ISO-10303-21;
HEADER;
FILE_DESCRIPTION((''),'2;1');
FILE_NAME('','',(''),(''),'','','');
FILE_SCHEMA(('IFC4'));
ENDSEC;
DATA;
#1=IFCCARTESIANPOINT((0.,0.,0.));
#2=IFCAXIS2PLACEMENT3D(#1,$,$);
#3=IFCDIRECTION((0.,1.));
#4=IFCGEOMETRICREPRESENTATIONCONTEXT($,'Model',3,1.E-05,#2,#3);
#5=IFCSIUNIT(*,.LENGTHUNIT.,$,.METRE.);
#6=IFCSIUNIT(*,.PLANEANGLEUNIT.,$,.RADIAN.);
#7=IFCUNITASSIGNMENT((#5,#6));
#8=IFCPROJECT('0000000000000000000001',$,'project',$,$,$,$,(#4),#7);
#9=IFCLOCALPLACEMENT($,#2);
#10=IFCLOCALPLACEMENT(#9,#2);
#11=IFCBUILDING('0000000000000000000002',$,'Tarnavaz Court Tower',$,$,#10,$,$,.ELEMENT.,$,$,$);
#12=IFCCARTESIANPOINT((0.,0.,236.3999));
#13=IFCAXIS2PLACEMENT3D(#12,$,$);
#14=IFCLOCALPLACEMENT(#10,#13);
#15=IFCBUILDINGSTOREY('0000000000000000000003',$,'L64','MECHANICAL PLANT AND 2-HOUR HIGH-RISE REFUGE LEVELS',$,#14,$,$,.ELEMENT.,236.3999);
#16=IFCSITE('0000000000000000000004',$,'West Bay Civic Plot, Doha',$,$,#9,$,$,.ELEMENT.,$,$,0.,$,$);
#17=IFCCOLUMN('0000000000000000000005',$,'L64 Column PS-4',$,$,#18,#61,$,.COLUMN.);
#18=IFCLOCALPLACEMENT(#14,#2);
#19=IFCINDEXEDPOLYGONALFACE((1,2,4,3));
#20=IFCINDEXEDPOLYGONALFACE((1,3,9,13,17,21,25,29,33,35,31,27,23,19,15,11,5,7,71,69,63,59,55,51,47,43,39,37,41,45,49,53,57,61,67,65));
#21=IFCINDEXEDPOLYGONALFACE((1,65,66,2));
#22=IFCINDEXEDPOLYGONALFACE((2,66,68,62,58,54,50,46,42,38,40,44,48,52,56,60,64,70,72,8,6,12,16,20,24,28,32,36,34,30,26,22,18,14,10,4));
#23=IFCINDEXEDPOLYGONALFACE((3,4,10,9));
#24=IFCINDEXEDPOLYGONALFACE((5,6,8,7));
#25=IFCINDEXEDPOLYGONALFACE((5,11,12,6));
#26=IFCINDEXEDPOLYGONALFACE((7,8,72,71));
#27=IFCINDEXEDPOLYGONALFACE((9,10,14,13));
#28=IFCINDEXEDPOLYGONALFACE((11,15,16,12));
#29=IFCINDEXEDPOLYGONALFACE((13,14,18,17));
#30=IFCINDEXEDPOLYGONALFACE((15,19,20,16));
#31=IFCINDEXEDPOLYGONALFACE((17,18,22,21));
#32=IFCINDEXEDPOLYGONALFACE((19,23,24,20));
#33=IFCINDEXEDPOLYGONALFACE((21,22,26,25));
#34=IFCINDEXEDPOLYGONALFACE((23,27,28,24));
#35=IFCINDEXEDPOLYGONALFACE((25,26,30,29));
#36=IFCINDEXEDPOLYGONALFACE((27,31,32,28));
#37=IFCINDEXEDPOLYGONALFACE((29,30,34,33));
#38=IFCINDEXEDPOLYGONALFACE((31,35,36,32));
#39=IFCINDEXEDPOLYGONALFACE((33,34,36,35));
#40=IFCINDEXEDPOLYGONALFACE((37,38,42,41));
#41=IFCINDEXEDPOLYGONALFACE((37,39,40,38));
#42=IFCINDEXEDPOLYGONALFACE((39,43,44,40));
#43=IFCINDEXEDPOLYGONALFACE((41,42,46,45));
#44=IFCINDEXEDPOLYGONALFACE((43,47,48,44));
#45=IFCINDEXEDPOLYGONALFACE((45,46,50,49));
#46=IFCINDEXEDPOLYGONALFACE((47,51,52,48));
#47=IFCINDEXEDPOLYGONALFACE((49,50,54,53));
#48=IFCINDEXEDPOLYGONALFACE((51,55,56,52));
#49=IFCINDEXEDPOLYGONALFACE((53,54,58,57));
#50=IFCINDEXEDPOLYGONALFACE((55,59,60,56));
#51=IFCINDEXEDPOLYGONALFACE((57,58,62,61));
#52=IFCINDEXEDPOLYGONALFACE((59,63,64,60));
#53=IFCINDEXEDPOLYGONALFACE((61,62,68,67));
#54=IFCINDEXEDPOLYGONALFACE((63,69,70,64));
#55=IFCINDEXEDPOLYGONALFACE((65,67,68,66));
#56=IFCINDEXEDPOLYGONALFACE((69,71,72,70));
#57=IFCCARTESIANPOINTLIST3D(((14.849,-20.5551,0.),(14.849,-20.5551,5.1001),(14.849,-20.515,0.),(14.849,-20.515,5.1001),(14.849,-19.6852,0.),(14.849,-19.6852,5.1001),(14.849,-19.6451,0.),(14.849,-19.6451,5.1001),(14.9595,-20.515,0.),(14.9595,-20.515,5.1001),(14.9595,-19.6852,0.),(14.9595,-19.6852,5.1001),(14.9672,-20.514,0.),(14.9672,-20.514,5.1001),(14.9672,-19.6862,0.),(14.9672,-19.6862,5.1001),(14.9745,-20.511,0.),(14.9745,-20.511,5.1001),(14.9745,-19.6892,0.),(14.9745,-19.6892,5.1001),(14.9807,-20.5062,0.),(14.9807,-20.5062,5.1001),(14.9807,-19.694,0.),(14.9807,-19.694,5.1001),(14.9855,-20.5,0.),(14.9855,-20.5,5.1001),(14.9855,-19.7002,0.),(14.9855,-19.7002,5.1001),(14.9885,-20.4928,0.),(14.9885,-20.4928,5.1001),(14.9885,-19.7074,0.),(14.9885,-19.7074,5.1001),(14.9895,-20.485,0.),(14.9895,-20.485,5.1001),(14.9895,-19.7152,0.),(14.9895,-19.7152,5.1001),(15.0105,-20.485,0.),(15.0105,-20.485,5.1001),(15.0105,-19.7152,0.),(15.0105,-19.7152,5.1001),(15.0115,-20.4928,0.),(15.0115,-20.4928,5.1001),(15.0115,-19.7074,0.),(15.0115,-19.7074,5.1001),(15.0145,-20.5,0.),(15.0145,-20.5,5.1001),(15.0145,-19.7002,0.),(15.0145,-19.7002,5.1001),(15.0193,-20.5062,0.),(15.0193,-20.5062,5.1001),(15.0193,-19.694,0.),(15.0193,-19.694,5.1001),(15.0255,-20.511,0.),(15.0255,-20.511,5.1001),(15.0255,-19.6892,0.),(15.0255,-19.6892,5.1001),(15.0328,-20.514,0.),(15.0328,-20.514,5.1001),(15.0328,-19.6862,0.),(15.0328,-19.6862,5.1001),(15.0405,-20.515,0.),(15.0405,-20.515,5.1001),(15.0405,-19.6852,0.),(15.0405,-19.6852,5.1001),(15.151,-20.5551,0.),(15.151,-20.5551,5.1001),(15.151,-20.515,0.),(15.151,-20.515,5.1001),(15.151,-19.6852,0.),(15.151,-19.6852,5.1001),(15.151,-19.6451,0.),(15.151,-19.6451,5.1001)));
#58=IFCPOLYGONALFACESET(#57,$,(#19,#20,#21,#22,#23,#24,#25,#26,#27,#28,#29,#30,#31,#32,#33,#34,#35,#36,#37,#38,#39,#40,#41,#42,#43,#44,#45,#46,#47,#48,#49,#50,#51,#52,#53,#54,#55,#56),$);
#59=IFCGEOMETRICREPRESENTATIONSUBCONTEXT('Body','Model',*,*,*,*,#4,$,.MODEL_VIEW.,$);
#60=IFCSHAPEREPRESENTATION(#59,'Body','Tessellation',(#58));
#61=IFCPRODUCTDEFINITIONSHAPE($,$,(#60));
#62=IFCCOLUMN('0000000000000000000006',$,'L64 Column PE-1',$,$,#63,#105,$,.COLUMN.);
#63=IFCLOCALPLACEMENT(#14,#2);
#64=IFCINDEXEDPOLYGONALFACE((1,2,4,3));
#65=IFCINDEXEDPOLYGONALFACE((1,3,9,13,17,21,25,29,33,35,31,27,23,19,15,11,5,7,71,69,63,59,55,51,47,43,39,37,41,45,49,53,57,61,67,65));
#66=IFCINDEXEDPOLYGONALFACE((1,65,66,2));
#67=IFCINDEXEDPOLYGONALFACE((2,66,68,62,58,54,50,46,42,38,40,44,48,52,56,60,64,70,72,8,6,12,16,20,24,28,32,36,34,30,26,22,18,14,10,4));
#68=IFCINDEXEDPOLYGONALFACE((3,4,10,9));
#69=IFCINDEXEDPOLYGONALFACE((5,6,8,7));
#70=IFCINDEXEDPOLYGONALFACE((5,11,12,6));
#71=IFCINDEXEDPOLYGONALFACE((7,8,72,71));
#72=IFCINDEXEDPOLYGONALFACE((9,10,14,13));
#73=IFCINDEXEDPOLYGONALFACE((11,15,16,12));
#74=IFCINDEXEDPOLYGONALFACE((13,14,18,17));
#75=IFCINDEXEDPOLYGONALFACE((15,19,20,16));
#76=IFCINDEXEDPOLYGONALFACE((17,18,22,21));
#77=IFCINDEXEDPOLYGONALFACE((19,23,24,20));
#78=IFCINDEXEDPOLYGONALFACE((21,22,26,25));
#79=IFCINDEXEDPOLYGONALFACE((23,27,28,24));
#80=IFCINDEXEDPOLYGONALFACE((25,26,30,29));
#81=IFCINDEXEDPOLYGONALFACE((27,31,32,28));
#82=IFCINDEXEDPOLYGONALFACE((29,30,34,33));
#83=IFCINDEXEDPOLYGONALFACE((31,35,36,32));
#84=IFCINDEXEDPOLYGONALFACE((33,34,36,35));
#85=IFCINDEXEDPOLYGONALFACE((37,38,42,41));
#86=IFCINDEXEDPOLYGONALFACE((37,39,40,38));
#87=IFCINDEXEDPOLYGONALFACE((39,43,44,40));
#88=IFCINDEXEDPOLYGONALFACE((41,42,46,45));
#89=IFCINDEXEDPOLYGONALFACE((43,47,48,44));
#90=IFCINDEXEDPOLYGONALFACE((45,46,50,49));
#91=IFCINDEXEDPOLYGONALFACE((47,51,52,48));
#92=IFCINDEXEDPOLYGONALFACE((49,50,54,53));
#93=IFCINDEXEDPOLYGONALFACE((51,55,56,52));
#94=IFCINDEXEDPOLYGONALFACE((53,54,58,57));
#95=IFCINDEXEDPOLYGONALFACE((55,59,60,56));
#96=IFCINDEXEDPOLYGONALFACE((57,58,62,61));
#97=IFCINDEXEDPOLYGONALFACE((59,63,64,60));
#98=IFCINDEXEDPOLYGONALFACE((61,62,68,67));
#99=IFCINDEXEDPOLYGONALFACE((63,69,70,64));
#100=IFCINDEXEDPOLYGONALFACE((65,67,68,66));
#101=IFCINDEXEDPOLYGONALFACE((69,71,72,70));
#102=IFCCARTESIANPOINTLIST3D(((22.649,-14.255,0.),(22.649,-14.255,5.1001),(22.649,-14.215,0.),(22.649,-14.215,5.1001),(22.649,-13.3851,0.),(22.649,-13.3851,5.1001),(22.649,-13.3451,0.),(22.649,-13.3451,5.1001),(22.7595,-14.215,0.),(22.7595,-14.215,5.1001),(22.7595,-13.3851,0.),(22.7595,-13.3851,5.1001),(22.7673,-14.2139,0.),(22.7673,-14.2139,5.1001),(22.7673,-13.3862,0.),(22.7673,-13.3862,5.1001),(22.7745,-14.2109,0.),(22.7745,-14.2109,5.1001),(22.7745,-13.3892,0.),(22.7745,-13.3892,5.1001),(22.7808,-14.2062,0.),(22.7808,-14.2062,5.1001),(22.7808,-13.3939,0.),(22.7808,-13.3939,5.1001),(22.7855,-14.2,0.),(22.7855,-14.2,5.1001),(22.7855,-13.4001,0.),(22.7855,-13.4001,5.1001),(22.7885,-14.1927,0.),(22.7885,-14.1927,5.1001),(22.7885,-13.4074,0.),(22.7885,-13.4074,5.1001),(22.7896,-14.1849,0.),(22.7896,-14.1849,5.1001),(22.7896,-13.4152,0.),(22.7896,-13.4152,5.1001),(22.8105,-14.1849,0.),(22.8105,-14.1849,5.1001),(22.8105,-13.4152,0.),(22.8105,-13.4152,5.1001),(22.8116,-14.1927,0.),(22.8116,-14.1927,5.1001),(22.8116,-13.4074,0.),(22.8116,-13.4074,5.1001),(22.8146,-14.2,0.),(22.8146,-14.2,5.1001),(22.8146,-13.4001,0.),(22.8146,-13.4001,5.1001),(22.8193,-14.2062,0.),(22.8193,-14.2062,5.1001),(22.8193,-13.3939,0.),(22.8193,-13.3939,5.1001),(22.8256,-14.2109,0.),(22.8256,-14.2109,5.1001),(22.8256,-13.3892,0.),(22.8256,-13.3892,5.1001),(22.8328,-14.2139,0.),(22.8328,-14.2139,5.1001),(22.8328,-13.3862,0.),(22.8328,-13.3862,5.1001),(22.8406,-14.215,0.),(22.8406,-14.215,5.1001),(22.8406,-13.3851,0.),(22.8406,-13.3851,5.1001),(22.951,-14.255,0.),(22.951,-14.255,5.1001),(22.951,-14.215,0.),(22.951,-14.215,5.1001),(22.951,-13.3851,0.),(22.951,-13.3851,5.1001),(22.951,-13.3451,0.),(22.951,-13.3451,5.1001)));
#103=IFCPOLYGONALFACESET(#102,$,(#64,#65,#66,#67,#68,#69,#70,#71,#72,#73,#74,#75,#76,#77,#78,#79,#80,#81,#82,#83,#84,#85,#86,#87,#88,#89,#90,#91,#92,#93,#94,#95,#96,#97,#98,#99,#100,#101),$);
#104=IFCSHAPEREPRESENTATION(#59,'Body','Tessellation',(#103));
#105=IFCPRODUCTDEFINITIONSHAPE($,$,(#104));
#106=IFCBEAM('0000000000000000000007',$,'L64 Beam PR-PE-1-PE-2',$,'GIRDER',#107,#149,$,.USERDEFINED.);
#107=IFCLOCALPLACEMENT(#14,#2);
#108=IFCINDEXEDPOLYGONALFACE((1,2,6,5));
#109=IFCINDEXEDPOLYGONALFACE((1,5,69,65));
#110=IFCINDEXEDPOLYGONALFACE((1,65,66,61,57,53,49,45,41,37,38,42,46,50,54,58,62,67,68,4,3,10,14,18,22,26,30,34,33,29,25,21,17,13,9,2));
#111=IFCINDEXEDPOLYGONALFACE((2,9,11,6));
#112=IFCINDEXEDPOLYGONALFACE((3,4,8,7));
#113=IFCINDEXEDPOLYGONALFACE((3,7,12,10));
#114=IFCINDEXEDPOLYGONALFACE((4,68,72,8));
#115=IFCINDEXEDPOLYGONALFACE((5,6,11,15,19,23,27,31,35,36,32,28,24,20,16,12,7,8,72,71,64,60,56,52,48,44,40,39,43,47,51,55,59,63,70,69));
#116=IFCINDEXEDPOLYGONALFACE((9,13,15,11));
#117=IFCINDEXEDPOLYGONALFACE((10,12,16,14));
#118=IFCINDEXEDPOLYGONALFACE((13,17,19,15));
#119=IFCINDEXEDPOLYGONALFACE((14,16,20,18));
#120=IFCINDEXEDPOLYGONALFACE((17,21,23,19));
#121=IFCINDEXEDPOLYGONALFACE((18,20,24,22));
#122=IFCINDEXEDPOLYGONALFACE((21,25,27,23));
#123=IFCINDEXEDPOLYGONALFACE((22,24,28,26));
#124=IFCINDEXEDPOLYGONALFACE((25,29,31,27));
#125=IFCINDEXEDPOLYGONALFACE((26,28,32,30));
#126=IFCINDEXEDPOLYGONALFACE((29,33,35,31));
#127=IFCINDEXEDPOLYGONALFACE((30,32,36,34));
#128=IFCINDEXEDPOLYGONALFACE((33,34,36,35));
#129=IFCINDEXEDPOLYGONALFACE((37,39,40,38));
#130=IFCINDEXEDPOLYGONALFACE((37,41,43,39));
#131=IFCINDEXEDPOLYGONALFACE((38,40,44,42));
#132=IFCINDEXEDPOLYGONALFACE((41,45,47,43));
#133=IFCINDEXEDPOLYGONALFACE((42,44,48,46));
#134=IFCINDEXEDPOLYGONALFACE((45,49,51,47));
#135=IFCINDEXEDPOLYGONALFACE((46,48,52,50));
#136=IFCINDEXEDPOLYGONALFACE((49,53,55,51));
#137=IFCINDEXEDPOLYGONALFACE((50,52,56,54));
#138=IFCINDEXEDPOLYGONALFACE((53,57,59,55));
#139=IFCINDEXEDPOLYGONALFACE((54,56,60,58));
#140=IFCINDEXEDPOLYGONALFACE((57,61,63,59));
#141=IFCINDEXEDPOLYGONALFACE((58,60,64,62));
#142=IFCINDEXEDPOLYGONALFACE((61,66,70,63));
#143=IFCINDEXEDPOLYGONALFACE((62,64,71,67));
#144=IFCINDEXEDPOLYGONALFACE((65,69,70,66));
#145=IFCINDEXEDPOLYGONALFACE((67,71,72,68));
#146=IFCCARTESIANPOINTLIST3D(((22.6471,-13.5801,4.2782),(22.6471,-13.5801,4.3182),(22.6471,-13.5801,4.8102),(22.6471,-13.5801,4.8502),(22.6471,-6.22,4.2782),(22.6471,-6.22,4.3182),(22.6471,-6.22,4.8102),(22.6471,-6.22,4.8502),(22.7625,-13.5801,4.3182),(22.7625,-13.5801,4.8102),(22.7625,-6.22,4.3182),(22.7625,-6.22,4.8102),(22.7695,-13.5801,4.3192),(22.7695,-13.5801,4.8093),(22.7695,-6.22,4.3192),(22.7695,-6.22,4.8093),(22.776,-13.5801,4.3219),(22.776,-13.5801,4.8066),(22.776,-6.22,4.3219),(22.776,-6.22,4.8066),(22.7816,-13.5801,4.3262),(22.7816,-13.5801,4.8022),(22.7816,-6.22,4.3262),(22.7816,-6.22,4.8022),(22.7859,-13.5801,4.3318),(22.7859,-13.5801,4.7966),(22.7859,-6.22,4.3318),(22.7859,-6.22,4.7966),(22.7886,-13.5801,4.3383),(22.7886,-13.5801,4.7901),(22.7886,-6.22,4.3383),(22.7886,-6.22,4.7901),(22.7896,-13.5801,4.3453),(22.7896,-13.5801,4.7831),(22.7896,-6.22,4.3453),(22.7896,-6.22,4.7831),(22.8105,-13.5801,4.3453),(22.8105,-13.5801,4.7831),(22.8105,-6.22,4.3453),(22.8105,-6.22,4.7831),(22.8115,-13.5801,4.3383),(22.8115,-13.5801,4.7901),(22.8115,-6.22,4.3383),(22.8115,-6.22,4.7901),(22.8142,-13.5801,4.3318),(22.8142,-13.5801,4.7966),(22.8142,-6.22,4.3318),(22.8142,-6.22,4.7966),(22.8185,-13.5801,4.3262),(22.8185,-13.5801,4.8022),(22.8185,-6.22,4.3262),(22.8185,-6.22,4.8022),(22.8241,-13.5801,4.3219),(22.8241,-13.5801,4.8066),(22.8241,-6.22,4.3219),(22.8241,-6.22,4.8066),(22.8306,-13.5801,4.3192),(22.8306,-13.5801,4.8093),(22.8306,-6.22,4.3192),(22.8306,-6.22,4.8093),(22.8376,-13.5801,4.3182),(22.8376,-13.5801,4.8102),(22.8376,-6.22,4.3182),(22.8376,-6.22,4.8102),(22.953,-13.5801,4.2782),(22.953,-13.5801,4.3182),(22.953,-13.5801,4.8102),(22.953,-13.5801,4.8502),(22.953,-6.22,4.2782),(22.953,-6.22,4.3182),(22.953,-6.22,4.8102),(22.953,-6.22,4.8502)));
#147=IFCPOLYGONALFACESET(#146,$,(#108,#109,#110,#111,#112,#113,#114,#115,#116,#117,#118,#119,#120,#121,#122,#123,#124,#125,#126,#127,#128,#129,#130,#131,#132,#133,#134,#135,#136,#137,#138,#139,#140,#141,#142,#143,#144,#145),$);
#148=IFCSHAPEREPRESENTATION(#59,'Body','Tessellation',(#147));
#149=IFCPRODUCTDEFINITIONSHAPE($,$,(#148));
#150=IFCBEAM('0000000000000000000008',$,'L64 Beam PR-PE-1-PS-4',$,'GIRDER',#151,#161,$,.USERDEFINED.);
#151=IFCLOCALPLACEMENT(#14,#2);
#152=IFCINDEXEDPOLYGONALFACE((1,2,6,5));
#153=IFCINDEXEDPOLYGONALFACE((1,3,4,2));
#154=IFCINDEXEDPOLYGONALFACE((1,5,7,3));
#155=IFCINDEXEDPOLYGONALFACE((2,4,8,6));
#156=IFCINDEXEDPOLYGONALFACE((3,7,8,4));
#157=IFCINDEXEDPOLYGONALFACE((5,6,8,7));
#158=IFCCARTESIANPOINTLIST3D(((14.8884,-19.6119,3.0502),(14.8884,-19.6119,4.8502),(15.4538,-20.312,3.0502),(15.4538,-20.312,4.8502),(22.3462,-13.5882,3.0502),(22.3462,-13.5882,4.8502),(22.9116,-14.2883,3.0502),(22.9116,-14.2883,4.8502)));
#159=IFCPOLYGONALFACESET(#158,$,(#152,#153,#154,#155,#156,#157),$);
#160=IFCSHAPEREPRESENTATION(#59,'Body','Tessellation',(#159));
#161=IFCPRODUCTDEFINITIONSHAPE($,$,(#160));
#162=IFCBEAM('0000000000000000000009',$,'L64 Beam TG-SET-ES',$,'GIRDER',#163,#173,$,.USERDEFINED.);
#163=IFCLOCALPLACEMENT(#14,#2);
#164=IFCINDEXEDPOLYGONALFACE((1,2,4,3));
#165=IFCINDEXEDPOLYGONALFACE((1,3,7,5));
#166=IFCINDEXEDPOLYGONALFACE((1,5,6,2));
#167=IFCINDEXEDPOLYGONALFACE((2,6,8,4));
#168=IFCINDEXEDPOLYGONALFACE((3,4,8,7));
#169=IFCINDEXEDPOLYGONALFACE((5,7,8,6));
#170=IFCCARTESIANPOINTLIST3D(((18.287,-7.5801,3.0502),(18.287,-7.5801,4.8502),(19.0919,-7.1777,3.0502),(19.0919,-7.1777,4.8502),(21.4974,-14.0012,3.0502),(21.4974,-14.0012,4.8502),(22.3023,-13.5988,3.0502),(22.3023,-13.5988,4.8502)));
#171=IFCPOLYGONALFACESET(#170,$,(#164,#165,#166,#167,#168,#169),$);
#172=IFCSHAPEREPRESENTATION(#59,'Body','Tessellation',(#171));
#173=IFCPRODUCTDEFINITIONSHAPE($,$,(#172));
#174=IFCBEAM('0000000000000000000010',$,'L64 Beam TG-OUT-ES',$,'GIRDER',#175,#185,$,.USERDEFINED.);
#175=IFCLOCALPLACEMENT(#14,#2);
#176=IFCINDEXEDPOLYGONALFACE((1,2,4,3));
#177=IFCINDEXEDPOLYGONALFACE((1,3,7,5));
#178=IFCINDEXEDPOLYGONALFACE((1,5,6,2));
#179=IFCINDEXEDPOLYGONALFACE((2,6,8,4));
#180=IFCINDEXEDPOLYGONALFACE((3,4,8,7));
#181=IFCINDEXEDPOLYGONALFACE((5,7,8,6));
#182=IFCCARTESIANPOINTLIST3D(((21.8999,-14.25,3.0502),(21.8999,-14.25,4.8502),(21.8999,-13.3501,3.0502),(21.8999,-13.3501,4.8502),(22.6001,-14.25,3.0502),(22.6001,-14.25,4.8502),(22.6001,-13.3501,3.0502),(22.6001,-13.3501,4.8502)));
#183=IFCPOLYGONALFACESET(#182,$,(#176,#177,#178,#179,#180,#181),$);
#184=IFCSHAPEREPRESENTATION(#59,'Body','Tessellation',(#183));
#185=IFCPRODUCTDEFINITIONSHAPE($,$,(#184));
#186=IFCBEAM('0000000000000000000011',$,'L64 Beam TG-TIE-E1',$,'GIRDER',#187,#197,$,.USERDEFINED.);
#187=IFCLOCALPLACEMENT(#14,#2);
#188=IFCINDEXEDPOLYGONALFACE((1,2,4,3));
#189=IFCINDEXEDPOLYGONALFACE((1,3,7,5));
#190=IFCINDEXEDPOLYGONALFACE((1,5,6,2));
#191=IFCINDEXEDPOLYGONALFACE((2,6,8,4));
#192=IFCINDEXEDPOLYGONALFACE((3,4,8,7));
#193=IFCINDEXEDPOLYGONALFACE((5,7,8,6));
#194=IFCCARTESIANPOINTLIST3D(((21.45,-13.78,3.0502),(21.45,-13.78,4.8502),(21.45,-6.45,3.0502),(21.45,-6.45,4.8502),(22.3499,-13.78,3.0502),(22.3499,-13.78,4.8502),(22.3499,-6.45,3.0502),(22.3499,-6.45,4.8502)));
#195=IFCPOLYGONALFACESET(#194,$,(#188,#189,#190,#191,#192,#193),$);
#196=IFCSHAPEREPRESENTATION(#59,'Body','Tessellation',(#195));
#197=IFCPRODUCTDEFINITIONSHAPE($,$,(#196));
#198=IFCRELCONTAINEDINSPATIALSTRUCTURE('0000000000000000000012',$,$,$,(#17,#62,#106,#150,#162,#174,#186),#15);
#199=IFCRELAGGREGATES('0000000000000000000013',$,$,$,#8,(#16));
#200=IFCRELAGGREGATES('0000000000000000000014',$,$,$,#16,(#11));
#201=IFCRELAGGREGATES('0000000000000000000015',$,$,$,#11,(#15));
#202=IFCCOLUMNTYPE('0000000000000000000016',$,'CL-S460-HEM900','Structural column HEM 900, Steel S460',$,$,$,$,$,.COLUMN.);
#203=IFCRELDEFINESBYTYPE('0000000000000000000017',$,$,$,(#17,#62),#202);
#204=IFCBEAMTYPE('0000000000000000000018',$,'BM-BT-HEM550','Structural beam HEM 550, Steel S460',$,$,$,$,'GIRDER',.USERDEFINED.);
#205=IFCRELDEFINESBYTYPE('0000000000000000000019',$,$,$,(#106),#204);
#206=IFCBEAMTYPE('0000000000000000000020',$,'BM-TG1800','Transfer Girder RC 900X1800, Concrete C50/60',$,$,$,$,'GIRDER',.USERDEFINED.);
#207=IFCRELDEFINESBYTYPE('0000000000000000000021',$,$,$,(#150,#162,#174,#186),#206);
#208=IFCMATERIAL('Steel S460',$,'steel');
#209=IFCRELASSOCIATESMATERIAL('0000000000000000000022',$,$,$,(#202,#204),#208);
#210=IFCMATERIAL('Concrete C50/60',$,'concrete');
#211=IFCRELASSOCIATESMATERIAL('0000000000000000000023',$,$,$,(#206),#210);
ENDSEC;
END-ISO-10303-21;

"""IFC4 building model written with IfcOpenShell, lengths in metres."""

from ifc_helpers import new_model, si_unit, direction, frame, origin, origin_2d, place, context, subcontext, project, spatial, rectangle, i_section, extrude, material, material_profile, profile_set, type_object, element, save


model = new_model("IFC4")

# Units and contexts
model_context = context("Model", 3, precision=1e-05, world=origin(), true_north=direction((0.0, 1.0)))
body_context = subcontext(model_context, "Body", "Model", "MODEL_VIEW")
ifc_project = project(units=[si_unit("LENGTHUNIT", "METRE"), si_unit("PLANEANGLEUNIT", "RADIAN")], contexts=[model_context])

# Site, building, storey
site_placement = place(None, origin())
site = spatial("IfcSite", under=ifc_project, at=site_placement, Name="West Bay Civic Plot, Doha", CompositionType="ELEMENT", RefElevation=0.0)
building_placement = place(site_placement, origin())
building = spatial("IfcBuilding", under=site, at=building_placement, Name="Tarnavaz Court Tower", CompositionType="ELEMENT")
storey_placement = place(building_placement, frame((0.0, 0.0, 236.3999)))
storey = spatial("IfcBuildingStorey", under=building, at=storey_placement, Name="L64", Description="MECHANICAL PLANT AND 2-HOUR HIGH-RISE REFUGE LEVELS", CompositionType="ELEMENT", Elevation=236.3999)

# Columns
ifc_material_1 = material(Name="Steel S460", Category="steel")
ifc_material_profile_1 = material_profile(ifc_material_1, i_section(OverallWidth=0.302, OverallDepth=0.9099, WebThickness=0.021, FlangeThickness=0.04, FilletRadius=0.03, at=origin_2d()), Name="HEM 900")
ifc_profile_set_1 = profile_set([ifc_material_profile_1], Name="Steel S460")
column_type = type_object("IfcColumnType", Name="CL-S460-HEM900", Description="Structural column HEM 900, Steel S460", PredefinedType="COLUMN", material=ifc_profile_set_1)
for number, where, z_axis, x_axis, name in (
    (1, (15.0, -20.1001, 0.0), (0.0, 0.0, 1.0), (1.0, 0.0, 0.0), "L64 Column PS-4"),
    (2, (22.8, -13.8, 0.0), (0.0, 0.0, 1.0), (1.0, 0.0, 0.0), "L64 Column PE-1"),
):
    element("IfcColumn", number, at=place(storey_placement, frame(where, z_axis=z_axis, x_axis=x_axis)), inside=storey, type_object=column_type, Name=name, PredefinedType="COLUMN", context=body_context, shape_type="SweptSolid", body=[
        extrude(i_section(OverallWidth=0.302, OverallDepth=0.9099, WebThickness=0.021, FlangeThickness=0.04, FilletRadius=0.03, at=origin_2d()), origin(), (0.0, 0.0, 1.0), 5.1001),
    ])

# Beams
ifc_material_profile_2 = material_profile(ifc_material_1, i_section(OverallWidth=0.3059, OverallDepth=0.572, WebThickness=0.021, FlangeThickness=0.04, FilletRadius=0.0271, at=origin_2d()), Name="HEM 550")
ifc_profile_set_2 = profile_set([ifc_material_profile_2], Name="Steel S460")
beam_type_1 = type_object("IfcBeamType", Name="BM-BT-HEM550", Description="Structural beam HEM 550, Steel S460", ElementType="GIRDER", PredefinedType="USERDEFINED", material=ifc_profile_set_2)
beam_1_placement = place(storey_placement, frame((22.8, -13.5801, 4.5642), z_axis=(0.0, 1.0, 0.0), x_axis=(-1.0, 0.0, 0.0)))
element("IfcBeam", 3, at=beam_1_placement, inside=storey, type_object=beam_type_1, Name="L64 Beam PR-PE-1-PE-2", ObjectType="GIRDER", PredefinedType="USERDEFINED", context=body_context, shape_type="SweptSolid", body=[
    extrude(i_section(OverallWidth=0.3059, OverallDepth=0.572, WebThickness=0.021, FlangeThickness=0.04, FilletRadius=0.0271, at=origin_2d()), origin(), (0.0, 0.0, 1.0), 7.3601),
])
ifc_material_2 = material(Name="Concrete C50/60", Category="concrete")
ifc_material_profile_3 = material_profile(ifc_material_2, rectangle(XDim=0.8999, YDim=1.8, at=origin_2d()), Name="RC 900X1800")
ifc_profile_set_3 = profile_set([ifc_material_profile_3], Name="Concrete C50/60")
beam_type_2 = type_object("IfcBeamType", Name="BM-TG1800", Description="Transfer Girder RC 900X1800, Concrete C50/60", ElementType="GIRDER", PredefinedType="USERDEFINED", material=ifc_profile_set_3)
beam_2_placement = place(storey_placement, frame((22.6289, -13.9382, 3.9502), z_axis=(-0.777936, -0.628344, 0.0), x_axis=(0.628344, -0.777936, 0.0)))
element("IfcBeam", 4, at=beam_2_placement, inside=storey, type_object=beam_type_2, Name="L64 Beam PR-PE-1-PS-4", ObjectType="GIRDER", PredefinedType="USERDEFINED", context=body_context, shape_type="SweptSolid", body=[
    extrude(rectangle(XDim=0.8999, YDim=1.8, at=origin_2d()), origin(), (0.0, 0.0, 1.0), 9.5867),
])
beam_3_placement = place(storey_placement, frame((18.6895, -7.3789, 3.9502), z_axis=(0.4472, -0.894434, 0.0), x_axis=(0.894434, 0.4472, 0.0)))
element("IfcBeam", 5, at=beam_3_placement, inside=storey, type_object=beam_type_2, Name="L64 Beam TG-SET-ES", ObjectType="GIRDER", PredefinedType="USERDEFINED", context=body_context, shape_type="SweptSolid", body=[
    extrude(rectangle(XDim=0.8999, YDim=1.8, at=origin_2d()), origin(), (0.0, 0.0, 1.0), 7.179),
])
beam_4_placement = place(storey_placement, frame((21.8999, -13.8, 3.9502), z_axis=(1.0, 0.0, 0.0), x_axis=(0.0, 1.0, 0.0)))
element("IfcBeam", 6, at=beam_4_placement, inside=storey, type_object=beam_type_2, Name="L64 Beam TG-OUT-ES", ObjectType="GIRDER", PredefinedType="USERDEFINED", context=body_context, shape_type="SweptSolid", body=[
    extrude(rectangle(XDim=0.8999, YDim=1.8, at=origin_2d()), origin(), (0.0, 0.0, 1.0), 0.7002),
])
beam_5_placement = place(storey_placement, frame((21.8999, -13.78, 3.9502), z_axis=(0.0, 1.0, 0.0), x_axis=(-1.0, 0.0, 0.0)))
element("IfcBeam", 7, at=beam_5_placement, inside=storey, type_object=beam_type_2, Name="L64 Beam TG-TIE-E1", ObjectType="GIRDER", PredefinedType="USERDEFINED", context=body_context, shape_type="SweptSolid", body=[
    extrude(rectangle(XDim=0.8999, YDim=1.8, at=origin_2d()), origin(), (0.0, 0.0, 1.0), 7.3301),
])

save(model, "model.ifc")
